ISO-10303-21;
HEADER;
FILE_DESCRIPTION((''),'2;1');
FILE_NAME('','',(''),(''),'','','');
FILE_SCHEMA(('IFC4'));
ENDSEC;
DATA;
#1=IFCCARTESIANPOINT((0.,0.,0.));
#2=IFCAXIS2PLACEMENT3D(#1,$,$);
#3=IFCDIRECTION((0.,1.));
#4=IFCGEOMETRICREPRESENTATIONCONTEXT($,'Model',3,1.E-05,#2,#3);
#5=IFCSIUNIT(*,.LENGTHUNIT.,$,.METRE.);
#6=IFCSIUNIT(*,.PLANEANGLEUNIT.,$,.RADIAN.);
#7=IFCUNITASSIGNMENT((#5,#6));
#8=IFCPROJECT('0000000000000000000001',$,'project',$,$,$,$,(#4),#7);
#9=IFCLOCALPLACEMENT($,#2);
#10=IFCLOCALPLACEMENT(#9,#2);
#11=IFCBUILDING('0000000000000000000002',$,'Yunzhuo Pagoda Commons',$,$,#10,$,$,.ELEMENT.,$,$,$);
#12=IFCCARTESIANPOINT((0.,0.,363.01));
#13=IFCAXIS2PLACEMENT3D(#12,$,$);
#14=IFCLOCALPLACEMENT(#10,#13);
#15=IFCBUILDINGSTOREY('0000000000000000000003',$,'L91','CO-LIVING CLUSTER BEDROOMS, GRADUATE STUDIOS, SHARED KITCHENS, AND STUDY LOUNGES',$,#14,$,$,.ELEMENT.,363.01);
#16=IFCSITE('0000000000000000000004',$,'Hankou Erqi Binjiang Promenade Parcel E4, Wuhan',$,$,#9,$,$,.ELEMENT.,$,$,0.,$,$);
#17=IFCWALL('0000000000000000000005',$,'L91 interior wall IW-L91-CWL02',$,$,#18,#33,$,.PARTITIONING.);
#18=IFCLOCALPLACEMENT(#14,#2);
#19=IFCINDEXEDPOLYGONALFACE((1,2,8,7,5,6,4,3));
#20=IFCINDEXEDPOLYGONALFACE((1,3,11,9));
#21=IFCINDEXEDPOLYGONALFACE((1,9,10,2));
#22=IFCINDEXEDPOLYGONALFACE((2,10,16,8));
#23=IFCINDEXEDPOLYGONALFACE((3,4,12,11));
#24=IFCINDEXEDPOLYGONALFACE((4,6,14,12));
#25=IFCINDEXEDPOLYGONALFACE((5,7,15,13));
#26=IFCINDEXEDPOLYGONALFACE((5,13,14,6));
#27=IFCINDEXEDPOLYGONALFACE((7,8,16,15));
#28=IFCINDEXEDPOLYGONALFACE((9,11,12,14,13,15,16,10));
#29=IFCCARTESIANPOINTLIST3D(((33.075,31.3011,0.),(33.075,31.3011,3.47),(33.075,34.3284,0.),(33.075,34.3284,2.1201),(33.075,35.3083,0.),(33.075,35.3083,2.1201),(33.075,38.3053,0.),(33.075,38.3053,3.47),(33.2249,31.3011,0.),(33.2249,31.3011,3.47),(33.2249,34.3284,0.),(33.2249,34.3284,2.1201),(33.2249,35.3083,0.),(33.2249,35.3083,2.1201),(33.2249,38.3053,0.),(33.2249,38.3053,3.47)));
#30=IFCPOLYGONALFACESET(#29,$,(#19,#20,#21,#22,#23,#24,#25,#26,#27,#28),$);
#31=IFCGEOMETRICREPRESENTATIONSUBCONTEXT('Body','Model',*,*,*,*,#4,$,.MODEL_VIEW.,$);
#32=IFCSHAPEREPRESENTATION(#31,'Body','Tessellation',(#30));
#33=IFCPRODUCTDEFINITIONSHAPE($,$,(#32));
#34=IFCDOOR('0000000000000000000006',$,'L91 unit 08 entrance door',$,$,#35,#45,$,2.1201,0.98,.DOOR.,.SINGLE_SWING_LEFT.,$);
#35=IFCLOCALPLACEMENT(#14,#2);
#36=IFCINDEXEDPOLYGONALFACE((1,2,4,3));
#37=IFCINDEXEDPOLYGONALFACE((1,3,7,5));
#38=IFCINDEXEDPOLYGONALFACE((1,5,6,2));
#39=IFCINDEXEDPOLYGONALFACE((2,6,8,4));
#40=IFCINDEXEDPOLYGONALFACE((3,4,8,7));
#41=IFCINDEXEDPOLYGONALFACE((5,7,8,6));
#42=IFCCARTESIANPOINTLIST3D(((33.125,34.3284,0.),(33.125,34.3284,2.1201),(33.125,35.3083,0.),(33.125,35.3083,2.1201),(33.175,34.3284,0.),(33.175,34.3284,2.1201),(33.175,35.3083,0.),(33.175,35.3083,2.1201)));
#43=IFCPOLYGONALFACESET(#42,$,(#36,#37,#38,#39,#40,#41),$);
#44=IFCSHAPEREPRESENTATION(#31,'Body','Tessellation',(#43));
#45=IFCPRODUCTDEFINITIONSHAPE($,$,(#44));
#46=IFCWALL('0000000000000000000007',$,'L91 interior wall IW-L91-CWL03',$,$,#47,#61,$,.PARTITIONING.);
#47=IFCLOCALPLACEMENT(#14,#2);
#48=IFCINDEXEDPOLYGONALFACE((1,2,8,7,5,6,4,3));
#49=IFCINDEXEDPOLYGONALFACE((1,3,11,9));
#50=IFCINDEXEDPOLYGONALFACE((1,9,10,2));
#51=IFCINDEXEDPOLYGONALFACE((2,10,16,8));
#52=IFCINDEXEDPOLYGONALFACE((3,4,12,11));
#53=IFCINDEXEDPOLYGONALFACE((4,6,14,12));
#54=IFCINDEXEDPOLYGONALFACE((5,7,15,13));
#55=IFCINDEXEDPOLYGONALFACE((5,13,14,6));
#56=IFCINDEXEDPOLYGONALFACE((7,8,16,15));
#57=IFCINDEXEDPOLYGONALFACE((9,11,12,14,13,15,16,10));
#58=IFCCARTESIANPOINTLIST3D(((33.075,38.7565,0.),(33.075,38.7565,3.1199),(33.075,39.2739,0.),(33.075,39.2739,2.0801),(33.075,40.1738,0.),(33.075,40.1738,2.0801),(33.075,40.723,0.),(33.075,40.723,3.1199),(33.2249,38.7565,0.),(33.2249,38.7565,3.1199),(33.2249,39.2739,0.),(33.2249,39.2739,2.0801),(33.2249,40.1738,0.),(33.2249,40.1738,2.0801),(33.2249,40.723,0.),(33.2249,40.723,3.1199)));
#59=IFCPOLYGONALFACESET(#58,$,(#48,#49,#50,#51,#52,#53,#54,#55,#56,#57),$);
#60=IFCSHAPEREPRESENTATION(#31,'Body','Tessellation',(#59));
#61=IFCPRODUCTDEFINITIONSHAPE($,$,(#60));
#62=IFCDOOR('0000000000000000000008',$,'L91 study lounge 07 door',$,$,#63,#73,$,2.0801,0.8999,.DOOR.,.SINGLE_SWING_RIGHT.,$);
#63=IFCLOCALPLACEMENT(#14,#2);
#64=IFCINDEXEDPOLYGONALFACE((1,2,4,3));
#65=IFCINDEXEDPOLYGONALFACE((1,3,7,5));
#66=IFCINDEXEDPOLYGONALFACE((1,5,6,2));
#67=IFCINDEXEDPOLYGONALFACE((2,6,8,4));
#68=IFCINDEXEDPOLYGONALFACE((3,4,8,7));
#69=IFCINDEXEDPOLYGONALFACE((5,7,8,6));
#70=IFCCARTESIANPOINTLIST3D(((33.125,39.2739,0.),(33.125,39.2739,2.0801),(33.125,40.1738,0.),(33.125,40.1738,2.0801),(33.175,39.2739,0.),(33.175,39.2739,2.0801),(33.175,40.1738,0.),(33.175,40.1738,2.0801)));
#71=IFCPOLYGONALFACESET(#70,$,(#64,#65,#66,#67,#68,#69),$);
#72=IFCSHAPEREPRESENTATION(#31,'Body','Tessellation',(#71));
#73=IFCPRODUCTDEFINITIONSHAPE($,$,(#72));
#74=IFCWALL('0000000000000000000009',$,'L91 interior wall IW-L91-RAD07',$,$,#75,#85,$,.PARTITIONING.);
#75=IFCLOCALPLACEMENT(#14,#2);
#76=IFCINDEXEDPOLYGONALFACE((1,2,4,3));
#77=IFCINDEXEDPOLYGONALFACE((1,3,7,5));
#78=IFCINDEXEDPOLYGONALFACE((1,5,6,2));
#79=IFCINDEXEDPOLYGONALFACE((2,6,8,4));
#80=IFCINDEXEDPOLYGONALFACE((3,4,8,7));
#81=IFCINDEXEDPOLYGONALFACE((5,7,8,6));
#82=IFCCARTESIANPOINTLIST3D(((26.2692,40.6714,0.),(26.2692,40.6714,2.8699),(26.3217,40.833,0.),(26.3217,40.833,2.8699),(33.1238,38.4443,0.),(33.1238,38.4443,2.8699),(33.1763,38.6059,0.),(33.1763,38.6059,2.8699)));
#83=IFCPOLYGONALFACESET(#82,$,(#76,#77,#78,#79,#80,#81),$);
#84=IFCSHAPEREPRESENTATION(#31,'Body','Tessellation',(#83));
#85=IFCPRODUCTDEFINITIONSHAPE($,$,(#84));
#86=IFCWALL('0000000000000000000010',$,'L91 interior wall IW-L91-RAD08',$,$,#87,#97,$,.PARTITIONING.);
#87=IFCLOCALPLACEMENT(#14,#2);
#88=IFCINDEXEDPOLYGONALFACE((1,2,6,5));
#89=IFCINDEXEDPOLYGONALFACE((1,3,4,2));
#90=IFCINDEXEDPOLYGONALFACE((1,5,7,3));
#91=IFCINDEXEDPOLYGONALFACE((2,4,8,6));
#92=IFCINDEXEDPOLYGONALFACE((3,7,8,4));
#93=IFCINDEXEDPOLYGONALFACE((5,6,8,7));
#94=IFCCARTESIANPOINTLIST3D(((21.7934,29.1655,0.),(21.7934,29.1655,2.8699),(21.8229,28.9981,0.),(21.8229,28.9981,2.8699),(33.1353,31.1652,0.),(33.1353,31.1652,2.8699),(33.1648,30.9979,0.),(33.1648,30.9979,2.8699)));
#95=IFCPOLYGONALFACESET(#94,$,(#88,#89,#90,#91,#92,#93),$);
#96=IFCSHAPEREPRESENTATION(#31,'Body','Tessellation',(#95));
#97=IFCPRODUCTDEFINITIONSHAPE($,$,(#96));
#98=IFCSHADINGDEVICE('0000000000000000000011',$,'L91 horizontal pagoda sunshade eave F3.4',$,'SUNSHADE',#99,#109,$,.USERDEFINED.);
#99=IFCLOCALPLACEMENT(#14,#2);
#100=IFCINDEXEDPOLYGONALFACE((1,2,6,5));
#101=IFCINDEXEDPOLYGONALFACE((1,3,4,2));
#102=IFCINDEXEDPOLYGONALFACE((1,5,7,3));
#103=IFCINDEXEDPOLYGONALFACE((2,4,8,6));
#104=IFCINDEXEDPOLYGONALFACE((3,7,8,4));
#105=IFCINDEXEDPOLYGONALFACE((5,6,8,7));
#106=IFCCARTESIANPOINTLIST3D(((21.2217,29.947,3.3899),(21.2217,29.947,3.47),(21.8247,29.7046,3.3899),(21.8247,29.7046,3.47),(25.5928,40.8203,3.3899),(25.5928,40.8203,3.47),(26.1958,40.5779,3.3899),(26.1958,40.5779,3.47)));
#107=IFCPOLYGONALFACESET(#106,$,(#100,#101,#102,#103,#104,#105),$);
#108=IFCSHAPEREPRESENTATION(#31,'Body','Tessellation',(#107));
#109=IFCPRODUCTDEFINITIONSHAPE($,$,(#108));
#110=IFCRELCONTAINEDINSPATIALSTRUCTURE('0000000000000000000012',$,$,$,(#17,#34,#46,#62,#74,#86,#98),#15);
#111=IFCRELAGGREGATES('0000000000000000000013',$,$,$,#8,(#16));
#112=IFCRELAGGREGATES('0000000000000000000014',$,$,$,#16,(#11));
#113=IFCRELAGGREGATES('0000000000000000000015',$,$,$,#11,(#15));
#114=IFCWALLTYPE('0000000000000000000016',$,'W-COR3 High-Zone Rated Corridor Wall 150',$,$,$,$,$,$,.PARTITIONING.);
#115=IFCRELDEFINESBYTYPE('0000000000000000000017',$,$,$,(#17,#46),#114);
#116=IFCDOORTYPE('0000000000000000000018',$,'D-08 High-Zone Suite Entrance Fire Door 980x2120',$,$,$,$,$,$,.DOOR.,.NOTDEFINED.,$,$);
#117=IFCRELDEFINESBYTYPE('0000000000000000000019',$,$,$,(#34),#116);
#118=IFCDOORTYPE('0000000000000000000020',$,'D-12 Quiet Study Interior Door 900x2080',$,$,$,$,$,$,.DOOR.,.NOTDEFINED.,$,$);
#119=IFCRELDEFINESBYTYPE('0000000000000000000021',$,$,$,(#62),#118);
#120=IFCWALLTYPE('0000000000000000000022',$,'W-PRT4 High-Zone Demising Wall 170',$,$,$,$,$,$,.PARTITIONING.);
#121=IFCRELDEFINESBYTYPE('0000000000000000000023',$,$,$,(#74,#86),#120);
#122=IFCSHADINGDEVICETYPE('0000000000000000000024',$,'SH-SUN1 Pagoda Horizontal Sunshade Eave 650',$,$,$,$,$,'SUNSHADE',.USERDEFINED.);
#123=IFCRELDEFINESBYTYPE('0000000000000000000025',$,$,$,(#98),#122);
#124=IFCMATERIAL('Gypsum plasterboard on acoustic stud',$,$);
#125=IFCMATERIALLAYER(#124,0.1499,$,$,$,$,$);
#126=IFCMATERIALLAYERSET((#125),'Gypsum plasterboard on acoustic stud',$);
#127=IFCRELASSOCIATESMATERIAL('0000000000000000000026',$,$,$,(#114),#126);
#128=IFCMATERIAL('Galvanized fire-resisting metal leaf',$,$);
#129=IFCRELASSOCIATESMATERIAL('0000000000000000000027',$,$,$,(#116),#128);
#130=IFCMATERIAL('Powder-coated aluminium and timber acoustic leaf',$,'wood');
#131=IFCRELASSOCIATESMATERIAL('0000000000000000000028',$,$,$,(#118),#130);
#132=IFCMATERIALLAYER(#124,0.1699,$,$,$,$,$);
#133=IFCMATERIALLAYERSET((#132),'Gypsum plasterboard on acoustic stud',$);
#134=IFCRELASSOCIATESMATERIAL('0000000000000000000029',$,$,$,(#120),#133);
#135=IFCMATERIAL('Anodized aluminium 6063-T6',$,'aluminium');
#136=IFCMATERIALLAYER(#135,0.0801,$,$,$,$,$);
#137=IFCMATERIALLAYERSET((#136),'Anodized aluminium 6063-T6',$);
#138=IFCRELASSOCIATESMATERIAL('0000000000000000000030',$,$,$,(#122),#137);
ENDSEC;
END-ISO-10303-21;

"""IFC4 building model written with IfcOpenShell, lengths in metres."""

from ifc_helpers import new_model, si_unit, direction, frame, frame_2d, origin, origin_with_axes, origin_2d, place, context, subcontext, project, spatial, rectangle, extrude, source, transform, mapped, material, layer, layer_set, type_object, element, fill, save


model = new_model("IFC4")

# Units and contexts
model_context = context("Model", 3, precision=1e-05, world=origin(), true_north=direction((0.0, 1.0)))
body_context = subcontext(model_context, "Body", "Model", "MODEL_VIEW")
ifc_project = project(units=[si_unit("LENGTHUNIT", "METRE"), si_unit("PLANEANGLEUNIT", "RADIAN")], contexts=[model_context])

# Site, building, storey
site_placement = place(None, origin())
site = spatial("IfcSite", under=ifc_project, at=site_placement, Name="Hankou Erqi Binjiang Promenade Parcel E4, Wuhan", CompositionType="ELEMENT", RefElevation=0.0)
building_placement = place(site_placement, origin())
building = spatial("IfcBuilding", under=site, at=building_placement, Name="Yunzhuo Pagoda Commons", CompositionType="ELEMENT")
storey_placement = place(building_placement, frame((0.0, 0.0, 363.01)))
storey = spatial("IfcBuildingStorey", under=building, at=storey_placement, Name="L91", Description="CO-LIVING CLUSTER BEDROOMS, GRADUATE STUDIOS, SHARED KITCHENS, AND STUDY LOUNGES", CompositionType="ELEMENT", Elevation=363.01)

# Shared definitions
ifc_material_1 = material(Name="Anodized aluminium 6063-T6", Category="aluminium")

# Walls, openings, doors
ifc_material_2 = material(Name="Galvanized fire-resisting metal leaf")
ifc_material_3 = material(Name="Gypsum plasterboard on acoustic stud")
ifc_layer_1 = layer(ifc_material_3, 0.1499)
ifc_layer_set_1 = layer_set([ifc_layer_1], Name="Gypsum plasterboard on acoustic stud")
wall_type_1 = type_object("IfcWallType", Name="W-COR3 High-Zone Rated Corridor Wall 150", PredefinedType="PARTITIONING", material=ifc_layer_set_1)
wall_1_placement = place(storey_placement, frame((33.1499, 31.3013, 0.0), z_axis=(0.0, 0.0, 1.0), x_axis=(0.0, 1.0, 0.0)))
wall_1 = element("IfcWall", 1, at=wall_1_placement, inside=storey, type_object=wall_type_1, Name="L91 interior wall IW-L91-CWL02", PredefinedType="PARTITIONING", context=body_context, shape_type="SweptSolid", body=[
    extrude(rectangle(XDim=7.0042, YDim=0.1499, at=frame_2d((3.502, 0.0))), origin(), (0.0, 0.0, 1.0), 3.47),
])
opening_1_placement = place(wall_1_placement, frame((3.0271, 0.0, 0.0)))
opening_1 = element("IfcOpeningElement", 2, at=opening_1_placement, cuts=wall_1, PredefinedType="OPENING", context=body_context, shape_type="SweptSolid", body=[
    extrude(rectangle(XDim=0.98, YDim=2.1201, at=frame_2d((0.49, 1.0601))), frame((0.0, 0.085, 0.0), z_axis=(0.0, -1.0, 0.0), x_axis=(1.0, 0.0, 0.0)), (0.0, 0.0, 1.0), 0.1699),
])
door_type_1 = type_object("IfcDoorType", Name="D-08 High-Zone Suite Entrance Fire Door 980x2120", OperationType="NOTDEFINED", PredefinedType="DOOR", material=ifc_material_2)
shared_shape_1 = source(origin(), body_context, "Body", "SweptSolid", [
    extrude(rectangle(XDim=0.98, YDim=2.1201, at=frame_2d((0.49, 1.0601))), frame((0.0, 0.0249, 0.0), z_axis=(0.0, -1.0, 0.0), x_axis=(1.0, 0.0, 0.0)), (0.0, 0.0, 1.0), 0.05),
])
door_1_placement = place(opening_1_placement, origin_with_axes())
door_1 = element("IfcDoor", 3, at=door_1_placement, inside=storey, type_object=door_type_1, Name="L91 unit 08 entrance door", OperationType="SINGLE_SWING_LEFT", OverallHeight=2.1201, OverallWidth=0.98, PredefinedType="DOOR", context=body_context, shape_type="MappedRepresentation", body=[
    mapped(shared_shape_1, transform((0.0, 0.0, 0.0), scale=1.0)),
])
fill(opening_1, door_1)
wall_2_placement = place(storey_placement, frame((33.1499, 38.7563, 0.0), z_axis=(0.0, 0.0, 1.0), x_axis=(0.0, 1.0, 0.0)))
wall_2 = element("IfcWall", 4, at=wall_2_placement, inside=storey, type_object=wall_type_1, Name="L91 interior wall IW-L91-CWL03", PredefinedType="PARTITIONING", context=body_context, shape_type="SweptSolid", body=[
    extrude(rectangle(XDim=1.9666, YDim=0.1499, at=frame_2d((0.9834, 0.0))), origin(), (0.0, 0.0, 1.0), 3.1199),
])
opening_2_placement = place(wall_2_placement, frame((0.5176, 0.0, 0.0)))
opening_2 = element("IfcOpeningElement", 5, at=opening_2_placement, cuts=wall_2, PredefinedType="OPENING", context=body_context, shape_type="SweptSolid", body=[
    extrude(rectangle(XDim=0.8999, YDim=2.0801, at=frame_2d((0.45, 1.04))), frame((0.0, 0.085, 0.0), z_axis=(0.0, -1.0, 0.0), x_axis=(1.0, 0.0, 0.0)), (0.0, 0.0, 1.0), 0.1699),
])
ifc_material_4 = material(Name="Powder-coated aluminium and timber acoustic leaf", Category="wood")
door_type_2 = type_object("IfcDoorType", Name="D-12 Quiet Study Interior Door 900x2080", OperationType="NOTDEFINED", PredefinedType="DOOR", material=ifc_material_4)
shared_shape_2 = source(origin(), body_context, "Body", "SweptSolid", [
    extrude(rectangle(XDim=0.8999, YDim=2.0801, at=frame_2d((0.45, 1.04))), frame((0.0, 0.0249, 0.0), z_axis=(0.0, -1.0, 0.0), x_axis=(1.0, 0.0, 0.0)), (0.0, 0.0, 1.0), 0.05),
])
door_2_placement = place(opening_2_placement, origin_with_axes())
door_2 = element("IfcDoor", 6, at=door_2_placement, inside=storey, type_object=door_type_2, Name="L91 study lounge 07 door", OperationType="SINGLE_SWING_RIGHT", OverallHeight=2.0801, OverallWidth=0.8999, PredefinedType="DOOR", context=body_context, shape_type="MappedRepresentation", body=[
    mapped(shared_shape_2, transform((0.0, 0.0, 0.0), scale=1.0)),
])
fill(opening_2, door_2)

# Walls
ifc_layer_2 = layer(ifc_material_3, 0.1699)
ifc_layer_set_2 = layer_set([ifc_layer_2], Name="Gypsum plasterboard on acoustic stud")
wall_type_2 = type_object("IfcWallType", Name="W-PRT4 High-Zone Demising Wall 170", PredefinedType="PARTITIONING", material=ifc_layer_set_2)
wall_3_placement = place(storey_placement, frame((33.1499, 38.5251, 0.0), z_axis=(0.0, 0.0, 1.0), x_axis=(-0.951061, 0.309003, 0.0)))
element("IfcWall", 7, at=wall_3_placement, inside=storey, type_object=wall_type_2, Name="L91 interior wall IW-L91-RAD07", PredefinedType="PARTITIONING", context=body_context, shape_type="SweptSolid", body=[
    extrude(rectangle(XDim=7.2073, YDim=0.1699, at=frame_2d((3.6035, 0.0))), origin(), (0.0, 0.0, 1.0), 2.8699),
])
wall_4_placement = place(storey_placement, frame((33.1499, 31.0815, 0.0), z_axis=(0.0, 0.0, 1.0), x_axis=(-0.984809, -0.173639, 0.0)))
element("IfcWall", 8, at=wall_4_placement, inside=storey, type_object=wall_type_2, Name="L91 interior wall IW-L91-RAD08", PredefinedType="PARTITIONING", context=body_context, shape_type="SweptSolid", body=[
    extrude(rectangle(XDim=11.5168, YDim=0.1699, at=frame_2d((5.7583, 0.0))), origin(), (0.0, 0.0, 1.0), 2.8699),
])

# Shading device
ifc_layer_3 = layer(ifc_material_1, 0.0801)
ifc_layer_set_3 = layer_set([ifc_layer_3], Name="Anodized aluminium 6063-T6")
shading_device_type = type_object("IfcShadingDeviceType", Name="SH-SUN1 Pagoda Horizontal Sunshade Eave 650", ElementType="SUNSHADE", PredefinedType="USERDEFINED", material=ifc_layer_set_3)
shared_shape_3 = source(origin(), body_context, "Body", "SweptSolid", [
    extrude(rectangle(XDim=11.719, YDim=0.6499, at=origin_2d()), origin(), (0.0, 0.0, 1.0), 0.0801),
])
shading_device_placement = place(storey_placement, frame((23.7087, 35.2625, 3.3899), z_axis=(0.0, 0.0, 1.0), x_axis=(-0.372988, -0.927836, 0.0)))
element("IfcShadingDevice", 9, at=shading_device_placement, inside=storey, type_object=shading_device_type, Name="L91 horizontal pagoda sunshade eave F3.4", ObjectType="SUNSHADE", PredefinedType="USERDEFINED", context=body_context, shape_type="MappedRepresentation", body=[
    mapped(shared_shape_3, transform((0.0, 0.0, 0.0), scale=1.0)),
])

save(model, "model.ifc")
